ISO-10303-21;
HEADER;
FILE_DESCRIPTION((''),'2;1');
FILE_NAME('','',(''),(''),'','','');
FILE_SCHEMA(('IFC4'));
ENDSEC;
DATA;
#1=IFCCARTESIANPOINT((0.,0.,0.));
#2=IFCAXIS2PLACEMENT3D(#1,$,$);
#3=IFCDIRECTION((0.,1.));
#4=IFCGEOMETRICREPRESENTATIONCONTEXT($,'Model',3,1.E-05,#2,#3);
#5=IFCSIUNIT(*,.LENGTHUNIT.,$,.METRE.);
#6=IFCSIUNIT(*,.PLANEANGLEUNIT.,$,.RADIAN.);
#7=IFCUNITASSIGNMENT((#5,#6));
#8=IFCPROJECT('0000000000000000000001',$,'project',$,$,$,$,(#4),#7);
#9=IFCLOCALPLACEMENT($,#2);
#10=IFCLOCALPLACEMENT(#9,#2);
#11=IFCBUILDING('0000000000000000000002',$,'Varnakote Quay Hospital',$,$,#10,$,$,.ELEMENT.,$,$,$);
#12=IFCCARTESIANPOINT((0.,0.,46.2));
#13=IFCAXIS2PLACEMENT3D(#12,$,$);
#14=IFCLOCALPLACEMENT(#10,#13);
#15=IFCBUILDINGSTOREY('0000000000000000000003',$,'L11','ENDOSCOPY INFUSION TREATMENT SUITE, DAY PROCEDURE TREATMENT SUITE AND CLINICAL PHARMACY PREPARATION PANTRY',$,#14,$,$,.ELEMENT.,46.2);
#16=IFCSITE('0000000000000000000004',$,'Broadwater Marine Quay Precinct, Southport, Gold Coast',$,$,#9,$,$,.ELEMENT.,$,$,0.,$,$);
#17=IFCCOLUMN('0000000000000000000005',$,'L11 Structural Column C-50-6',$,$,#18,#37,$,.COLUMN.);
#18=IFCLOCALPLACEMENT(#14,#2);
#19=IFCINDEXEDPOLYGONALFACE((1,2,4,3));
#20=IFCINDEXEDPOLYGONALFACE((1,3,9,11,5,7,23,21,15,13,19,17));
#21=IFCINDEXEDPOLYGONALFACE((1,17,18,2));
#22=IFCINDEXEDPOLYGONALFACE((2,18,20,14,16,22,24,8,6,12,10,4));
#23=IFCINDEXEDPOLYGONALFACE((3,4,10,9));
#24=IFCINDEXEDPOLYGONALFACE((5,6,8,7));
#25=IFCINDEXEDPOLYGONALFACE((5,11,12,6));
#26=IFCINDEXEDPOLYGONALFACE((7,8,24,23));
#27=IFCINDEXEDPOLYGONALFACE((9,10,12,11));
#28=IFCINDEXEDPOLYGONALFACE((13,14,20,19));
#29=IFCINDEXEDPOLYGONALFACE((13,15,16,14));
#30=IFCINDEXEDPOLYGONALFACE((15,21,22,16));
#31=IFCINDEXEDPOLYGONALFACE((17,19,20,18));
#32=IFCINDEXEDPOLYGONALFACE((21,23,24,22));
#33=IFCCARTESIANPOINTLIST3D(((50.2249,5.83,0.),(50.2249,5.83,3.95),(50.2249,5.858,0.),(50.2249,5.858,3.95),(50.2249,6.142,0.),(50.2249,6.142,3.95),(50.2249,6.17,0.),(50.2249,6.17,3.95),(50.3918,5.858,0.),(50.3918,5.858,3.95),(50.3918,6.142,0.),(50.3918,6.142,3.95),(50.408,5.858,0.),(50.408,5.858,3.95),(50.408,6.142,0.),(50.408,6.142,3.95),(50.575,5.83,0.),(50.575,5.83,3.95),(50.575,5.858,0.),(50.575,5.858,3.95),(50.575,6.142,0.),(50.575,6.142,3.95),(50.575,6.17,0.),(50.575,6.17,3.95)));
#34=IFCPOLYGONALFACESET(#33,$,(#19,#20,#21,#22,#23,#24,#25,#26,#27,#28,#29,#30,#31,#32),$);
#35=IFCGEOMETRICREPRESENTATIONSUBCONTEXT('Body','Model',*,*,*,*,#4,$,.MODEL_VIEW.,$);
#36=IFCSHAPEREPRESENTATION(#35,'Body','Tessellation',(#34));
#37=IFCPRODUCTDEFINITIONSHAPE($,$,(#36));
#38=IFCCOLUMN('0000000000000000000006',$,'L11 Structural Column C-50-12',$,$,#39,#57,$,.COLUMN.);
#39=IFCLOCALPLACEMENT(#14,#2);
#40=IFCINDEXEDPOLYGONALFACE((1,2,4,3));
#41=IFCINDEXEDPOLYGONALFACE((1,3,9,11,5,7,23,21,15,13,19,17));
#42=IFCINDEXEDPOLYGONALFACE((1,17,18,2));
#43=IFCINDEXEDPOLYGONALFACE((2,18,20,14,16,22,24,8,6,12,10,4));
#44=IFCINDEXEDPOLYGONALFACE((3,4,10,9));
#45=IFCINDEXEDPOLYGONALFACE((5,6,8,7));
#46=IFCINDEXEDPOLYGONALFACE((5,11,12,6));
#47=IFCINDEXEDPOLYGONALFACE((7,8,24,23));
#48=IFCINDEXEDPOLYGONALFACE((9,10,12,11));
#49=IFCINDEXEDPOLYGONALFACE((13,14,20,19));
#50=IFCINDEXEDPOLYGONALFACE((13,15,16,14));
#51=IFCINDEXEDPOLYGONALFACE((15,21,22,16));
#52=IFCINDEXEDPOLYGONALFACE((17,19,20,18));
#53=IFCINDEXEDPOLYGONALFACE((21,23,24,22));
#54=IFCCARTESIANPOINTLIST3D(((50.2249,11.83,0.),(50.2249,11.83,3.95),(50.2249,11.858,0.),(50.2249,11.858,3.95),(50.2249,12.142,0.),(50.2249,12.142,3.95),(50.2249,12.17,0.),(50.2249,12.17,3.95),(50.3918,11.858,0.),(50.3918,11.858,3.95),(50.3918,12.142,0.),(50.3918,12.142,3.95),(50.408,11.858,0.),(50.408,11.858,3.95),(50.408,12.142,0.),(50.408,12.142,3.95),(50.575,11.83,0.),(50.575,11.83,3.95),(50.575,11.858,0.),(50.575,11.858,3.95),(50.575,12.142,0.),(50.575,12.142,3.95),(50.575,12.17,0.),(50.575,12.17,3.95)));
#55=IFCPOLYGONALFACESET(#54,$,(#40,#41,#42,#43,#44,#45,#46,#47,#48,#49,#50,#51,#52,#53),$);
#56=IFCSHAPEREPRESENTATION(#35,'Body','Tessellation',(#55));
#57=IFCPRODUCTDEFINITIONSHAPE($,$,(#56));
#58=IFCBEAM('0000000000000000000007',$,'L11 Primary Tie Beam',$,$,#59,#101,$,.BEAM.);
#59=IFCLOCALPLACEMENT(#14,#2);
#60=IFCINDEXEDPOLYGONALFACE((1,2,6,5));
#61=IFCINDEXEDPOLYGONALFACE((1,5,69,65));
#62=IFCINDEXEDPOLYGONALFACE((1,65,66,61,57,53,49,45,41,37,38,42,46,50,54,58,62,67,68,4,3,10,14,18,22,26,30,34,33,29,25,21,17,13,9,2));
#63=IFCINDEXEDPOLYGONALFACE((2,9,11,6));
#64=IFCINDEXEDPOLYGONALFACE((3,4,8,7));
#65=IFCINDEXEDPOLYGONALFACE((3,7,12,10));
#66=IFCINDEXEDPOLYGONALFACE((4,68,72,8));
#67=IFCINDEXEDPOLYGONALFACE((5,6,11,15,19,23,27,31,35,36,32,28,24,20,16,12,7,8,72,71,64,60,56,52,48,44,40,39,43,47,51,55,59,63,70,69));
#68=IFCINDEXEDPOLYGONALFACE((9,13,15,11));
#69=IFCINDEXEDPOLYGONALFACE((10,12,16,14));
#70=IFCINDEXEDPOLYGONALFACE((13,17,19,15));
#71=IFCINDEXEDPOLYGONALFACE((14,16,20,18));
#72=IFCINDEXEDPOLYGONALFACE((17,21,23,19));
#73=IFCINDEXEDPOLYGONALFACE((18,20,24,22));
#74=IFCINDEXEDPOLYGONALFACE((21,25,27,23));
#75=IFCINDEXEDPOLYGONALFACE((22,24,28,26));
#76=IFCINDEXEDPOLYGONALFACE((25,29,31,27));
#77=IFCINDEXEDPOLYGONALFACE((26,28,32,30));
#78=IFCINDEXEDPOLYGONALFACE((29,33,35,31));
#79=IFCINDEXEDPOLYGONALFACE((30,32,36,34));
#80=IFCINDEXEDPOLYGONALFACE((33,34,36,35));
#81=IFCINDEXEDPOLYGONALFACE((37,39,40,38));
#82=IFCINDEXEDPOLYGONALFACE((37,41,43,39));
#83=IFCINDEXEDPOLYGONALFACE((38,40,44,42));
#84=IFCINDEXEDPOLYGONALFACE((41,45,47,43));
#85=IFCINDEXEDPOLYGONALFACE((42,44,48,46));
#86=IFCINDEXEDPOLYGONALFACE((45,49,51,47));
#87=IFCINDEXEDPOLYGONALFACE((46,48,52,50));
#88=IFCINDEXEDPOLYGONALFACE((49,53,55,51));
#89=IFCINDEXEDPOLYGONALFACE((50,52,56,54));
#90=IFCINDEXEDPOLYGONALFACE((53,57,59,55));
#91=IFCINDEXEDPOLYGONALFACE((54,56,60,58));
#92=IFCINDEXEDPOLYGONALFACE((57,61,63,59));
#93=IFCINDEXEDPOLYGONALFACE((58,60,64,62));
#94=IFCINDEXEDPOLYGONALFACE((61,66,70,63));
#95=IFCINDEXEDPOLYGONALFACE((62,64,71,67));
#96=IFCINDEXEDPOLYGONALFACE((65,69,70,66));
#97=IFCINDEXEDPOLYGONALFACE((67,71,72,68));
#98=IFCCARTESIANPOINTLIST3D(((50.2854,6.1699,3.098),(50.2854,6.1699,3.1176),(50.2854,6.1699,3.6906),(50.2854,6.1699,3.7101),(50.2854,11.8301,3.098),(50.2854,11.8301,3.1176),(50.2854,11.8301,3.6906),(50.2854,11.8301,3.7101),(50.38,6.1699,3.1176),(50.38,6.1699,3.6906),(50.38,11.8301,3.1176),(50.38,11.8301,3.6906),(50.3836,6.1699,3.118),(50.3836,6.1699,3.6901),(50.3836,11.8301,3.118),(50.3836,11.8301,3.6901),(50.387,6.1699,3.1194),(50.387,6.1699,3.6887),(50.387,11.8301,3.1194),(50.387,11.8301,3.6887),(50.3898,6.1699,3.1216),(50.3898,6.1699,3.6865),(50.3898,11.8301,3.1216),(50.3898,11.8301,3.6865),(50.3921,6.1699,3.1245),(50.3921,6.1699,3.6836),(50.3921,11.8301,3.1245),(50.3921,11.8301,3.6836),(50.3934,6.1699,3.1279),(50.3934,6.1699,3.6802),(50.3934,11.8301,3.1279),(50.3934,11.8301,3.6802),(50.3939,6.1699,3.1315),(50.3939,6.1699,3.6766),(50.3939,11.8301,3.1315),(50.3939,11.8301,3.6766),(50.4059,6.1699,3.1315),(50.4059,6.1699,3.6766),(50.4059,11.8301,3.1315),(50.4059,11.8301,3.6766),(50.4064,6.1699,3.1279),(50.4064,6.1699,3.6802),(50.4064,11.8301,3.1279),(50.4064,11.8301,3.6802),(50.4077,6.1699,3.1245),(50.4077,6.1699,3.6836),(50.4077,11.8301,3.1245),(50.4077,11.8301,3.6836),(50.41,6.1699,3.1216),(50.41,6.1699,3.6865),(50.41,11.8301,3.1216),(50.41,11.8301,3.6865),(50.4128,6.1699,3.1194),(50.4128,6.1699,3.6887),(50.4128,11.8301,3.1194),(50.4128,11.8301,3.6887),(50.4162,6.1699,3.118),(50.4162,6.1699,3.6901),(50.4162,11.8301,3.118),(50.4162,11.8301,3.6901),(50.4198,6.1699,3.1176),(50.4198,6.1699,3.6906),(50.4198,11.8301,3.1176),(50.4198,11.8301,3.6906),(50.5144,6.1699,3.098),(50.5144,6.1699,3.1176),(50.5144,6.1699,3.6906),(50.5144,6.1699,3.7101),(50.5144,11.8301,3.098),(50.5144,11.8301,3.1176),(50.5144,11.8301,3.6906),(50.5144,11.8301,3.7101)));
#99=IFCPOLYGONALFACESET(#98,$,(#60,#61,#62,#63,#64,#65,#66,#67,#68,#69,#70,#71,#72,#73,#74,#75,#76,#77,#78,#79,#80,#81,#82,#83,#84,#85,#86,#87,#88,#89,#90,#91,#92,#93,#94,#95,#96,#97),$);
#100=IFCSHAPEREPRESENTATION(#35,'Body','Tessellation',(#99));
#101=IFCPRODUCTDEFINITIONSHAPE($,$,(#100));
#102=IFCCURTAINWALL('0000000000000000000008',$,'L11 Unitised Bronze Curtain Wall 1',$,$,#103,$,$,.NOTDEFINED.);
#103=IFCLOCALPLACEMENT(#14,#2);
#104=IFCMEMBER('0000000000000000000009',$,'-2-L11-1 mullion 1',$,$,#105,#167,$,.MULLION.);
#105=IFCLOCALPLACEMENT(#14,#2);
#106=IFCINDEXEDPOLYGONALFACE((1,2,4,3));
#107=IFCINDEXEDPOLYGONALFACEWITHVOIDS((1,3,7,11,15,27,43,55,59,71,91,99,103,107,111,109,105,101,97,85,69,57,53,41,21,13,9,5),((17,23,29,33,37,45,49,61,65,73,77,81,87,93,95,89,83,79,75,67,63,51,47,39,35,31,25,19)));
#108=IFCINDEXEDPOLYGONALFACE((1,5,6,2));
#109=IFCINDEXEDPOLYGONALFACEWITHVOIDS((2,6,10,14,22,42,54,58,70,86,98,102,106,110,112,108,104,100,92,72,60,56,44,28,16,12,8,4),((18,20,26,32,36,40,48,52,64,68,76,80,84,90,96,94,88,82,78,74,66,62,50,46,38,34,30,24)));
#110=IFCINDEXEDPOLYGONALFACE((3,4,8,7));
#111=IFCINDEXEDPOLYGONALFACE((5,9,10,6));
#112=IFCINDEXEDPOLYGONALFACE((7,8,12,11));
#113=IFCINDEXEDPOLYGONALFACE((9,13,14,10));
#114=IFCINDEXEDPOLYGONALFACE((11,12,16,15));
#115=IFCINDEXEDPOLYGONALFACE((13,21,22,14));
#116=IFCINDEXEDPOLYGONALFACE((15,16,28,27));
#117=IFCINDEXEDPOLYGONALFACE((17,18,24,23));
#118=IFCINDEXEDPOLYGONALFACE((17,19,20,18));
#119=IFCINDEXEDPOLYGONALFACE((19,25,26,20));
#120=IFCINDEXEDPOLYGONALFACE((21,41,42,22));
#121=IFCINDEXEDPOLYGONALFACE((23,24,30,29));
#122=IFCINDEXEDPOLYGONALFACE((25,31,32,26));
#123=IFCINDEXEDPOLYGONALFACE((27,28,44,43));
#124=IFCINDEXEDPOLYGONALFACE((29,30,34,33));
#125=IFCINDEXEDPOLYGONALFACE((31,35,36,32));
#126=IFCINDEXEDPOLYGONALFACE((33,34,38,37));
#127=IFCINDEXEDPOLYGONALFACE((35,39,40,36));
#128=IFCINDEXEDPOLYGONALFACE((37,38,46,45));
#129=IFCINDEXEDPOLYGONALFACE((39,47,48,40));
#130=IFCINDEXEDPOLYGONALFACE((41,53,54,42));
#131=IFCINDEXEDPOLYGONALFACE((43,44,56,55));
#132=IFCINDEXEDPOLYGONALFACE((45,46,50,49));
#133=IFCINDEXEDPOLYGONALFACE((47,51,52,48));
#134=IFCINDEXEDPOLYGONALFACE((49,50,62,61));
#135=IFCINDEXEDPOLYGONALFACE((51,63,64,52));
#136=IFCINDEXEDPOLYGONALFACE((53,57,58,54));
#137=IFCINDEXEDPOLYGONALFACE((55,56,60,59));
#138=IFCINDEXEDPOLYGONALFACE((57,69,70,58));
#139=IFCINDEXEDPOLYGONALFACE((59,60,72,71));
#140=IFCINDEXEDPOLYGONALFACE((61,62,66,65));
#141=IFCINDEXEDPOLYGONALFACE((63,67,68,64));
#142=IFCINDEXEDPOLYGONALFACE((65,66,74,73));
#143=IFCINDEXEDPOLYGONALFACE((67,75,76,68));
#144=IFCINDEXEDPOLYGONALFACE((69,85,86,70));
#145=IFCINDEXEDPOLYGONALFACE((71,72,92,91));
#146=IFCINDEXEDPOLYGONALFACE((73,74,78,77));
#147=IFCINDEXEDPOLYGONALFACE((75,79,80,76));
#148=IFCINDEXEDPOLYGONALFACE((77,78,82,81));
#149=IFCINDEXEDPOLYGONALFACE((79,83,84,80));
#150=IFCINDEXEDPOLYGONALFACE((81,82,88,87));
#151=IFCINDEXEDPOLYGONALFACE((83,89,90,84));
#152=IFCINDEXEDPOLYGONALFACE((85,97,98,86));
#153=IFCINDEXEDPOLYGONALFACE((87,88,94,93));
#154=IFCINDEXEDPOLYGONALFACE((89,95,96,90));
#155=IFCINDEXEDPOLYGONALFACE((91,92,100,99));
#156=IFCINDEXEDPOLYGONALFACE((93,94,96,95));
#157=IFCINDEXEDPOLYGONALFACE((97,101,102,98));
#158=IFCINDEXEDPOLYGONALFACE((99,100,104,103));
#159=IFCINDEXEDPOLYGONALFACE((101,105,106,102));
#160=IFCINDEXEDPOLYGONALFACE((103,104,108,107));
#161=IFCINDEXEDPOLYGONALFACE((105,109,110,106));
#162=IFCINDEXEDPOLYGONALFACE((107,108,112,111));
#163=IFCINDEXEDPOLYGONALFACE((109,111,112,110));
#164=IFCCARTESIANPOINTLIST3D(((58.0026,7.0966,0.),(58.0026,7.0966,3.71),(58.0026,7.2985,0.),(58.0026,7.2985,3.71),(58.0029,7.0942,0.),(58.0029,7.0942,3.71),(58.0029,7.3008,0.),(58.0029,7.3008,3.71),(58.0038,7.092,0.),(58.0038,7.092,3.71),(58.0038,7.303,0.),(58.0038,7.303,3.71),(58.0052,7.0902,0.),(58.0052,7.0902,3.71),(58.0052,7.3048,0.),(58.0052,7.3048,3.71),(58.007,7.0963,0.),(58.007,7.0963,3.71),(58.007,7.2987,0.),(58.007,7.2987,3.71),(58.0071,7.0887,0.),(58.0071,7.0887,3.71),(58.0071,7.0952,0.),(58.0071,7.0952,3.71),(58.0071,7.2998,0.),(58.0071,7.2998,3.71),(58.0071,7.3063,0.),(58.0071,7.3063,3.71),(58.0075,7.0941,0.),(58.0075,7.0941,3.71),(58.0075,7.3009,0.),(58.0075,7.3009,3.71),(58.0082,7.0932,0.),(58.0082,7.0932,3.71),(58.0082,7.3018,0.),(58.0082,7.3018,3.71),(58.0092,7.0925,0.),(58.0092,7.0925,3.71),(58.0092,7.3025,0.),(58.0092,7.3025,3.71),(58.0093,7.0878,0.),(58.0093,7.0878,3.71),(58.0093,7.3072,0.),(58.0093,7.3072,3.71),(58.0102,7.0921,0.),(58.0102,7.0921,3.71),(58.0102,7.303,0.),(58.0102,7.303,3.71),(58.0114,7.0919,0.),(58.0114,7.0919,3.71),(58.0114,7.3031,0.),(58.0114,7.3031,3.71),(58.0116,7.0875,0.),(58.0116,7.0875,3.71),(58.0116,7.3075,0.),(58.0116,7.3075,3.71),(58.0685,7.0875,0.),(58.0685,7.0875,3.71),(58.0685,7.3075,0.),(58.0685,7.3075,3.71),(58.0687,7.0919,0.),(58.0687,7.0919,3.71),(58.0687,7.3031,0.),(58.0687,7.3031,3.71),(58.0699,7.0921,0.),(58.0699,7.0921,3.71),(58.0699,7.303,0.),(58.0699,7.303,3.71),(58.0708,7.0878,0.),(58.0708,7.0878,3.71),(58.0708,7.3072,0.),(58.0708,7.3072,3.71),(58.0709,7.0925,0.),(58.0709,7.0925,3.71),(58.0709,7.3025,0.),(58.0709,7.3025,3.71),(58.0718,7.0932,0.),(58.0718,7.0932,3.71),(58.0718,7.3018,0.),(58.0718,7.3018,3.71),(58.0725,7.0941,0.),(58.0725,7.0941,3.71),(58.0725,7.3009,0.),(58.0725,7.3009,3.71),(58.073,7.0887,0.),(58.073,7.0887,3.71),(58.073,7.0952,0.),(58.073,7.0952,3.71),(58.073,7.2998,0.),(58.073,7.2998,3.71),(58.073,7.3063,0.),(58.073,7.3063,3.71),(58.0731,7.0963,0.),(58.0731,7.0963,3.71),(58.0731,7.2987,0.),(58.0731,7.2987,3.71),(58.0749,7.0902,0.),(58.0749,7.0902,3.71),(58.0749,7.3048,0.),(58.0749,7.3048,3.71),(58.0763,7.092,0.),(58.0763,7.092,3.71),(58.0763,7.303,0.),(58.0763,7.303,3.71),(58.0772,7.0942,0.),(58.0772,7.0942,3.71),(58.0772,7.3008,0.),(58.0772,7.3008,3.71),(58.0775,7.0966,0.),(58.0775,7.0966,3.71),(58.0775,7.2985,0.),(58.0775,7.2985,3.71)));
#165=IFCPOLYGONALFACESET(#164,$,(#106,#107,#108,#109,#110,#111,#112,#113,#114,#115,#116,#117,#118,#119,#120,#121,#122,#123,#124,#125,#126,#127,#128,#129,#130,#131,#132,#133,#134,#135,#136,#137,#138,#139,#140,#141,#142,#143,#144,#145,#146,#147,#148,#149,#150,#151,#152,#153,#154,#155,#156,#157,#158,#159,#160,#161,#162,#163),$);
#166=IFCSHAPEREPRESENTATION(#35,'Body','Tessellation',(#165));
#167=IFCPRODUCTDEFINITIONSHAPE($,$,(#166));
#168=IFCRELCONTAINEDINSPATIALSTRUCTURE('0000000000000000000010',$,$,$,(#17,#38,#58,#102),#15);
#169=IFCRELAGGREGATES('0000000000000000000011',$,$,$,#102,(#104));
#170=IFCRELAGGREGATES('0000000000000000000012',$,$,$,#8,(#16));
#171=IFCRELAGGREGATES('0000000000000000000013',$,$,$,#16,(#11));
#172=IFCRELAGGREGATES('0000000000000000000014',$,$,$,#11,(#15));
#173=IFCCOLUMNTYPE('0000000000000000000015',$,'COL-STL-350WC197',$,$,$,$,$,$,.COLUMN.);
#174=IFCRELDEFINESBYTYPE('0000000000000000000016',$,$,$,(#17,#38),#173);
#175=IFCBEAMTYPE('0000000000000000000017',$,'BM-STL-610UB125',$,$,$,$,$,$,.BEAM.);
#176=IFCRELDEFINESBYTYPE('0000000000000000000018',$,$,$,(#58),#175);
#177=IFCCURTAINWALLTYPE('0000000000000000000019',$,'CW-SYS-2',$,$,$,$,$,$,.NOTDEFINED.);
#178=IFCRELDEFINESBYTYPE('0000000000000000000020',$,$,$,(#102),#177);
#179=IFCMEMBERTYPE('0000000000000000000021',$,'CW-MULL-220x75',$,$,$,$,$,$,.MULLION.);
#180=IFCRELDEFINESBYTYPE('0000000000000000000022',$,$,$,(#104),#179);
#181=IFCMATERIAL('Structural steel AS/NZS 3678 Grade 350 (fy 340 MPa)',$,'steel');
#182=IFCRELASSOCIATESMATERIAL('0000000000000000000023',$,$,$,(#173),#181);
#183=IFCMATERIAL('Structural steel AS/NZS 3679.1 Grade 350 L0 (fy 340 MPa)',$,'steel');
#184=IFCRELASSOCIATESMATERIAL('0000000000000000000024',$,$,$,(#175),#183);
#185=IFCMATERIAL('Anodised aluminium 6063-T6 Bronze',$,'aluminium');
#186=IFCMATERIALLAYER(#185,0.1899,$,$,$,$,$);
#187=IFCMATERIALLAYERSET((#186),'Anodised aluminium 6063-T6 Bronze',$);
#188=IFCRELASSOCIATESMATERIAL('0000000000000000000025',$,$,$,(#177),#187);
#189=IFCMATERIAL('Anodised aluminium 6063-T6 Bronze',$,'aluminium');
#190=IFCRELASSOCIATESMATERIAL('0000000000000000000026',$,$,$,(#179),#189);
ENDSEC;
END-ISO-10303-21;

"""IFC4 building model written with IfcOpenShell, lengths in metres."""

from ifc_helpers import new_model, si_unit, direction, frame, origin, origin_2d, place, context, subcontext, project, spatial, hollow_rectangle, i_section, extrude, material, layer, layer_set, material_profile, profile_set, type_object, element, aggregate, save


model = new_model("IFC4")

# Units and contexts
model_context = context("Model", 3, precision=1e-05, world=origin(), true_north=direction((0.0, 1.0)))
body_context = subcontext(model_context, "Body", "Model", "MODEL_VIEW")
ifc_project = project(units=[si_unit("LENGTHUNIT", "METRE"), si_unit("PLANEANGLEUNIT", "RADIAN")], contexts=[model_context])

# Site, building, storey
site_placement = place(None, origin())
site = spatial("IfcSite", under=ifc_project, at=site_placement, Name="Broadwater Marine Quay Precinct, Southport, Gold Coast", CompositionType="ELEMENT", RefElevation=0.0)
building_placement = place(site_placement, origin())
building = spatial("IfcBuilding", under=site, at=building_placement, Name="Varnakote Quay Hospital", CompositionType="ELEMENT")
storey_placement = place(building_placement, frame((0.0, 0.0, 46.2)))
storey = spatial("IfcBuildingStorey", under=building, at=storey_placement, Name="L11", Description="ENDOSCOPY INFUSION TREATMENT SUITE, DAY PROCEDURE TREATMENT SUITE AND CLINICAL PHARMACY PREPARATION PANTRY", CompositionType="ELEMENT", Elevation=46.2)

# Columns
ifc_material_1 = material(Name="Structural steel AS/NZS 3678 Grade 350 (fy 340 MPa)", Category="steel")
ifc_material_profile_1 = material_profile(ifc_material_1, i_section(OverallWidth=0.3501, OverallDepth=0.3401, WebThickness=0.0161, FlangeThickness=0.0281, at=origin_2d()), Name="350WC197")
ifc_profile_set_1 = profile_set([ifc_material_profile_1], Name="Structural steel AS/NZS 3678 Grade 350 (fy 340 MPa)")
column_type = type_object("IfcColumnType", Name="COL-STL-350WC197", PredefinedType="COLUMN", material=ifc_profile_set_1)
for number, where, z_axis, x_axis, name in (
    (1, (50.3999, 6.0, 0.0), (0.0, 0.0, 1.0), (1.0, 0.0, 0.0), "L11 Structural Column C-50-6"),
    (2, (50.3999, 12.0, 0.0), (0.0, 0.0, 1.0), (1.0, 0.0, 0.0), "L11 Structural Column C-50-12"),
):
    element("IfcColumn", number, at=place(storey_placement, frame(where, z_axis=z_axis, x_axis=x_axis)), inside=storey, type_object=column_type, Name=name, PredefinedType="COLUMN", context=body_context, shape_type="SweptSolid", body=[
        extrude(i_section(OverallWidth=0.3501, OverallDepth=0.3401, WebThickness=0.0161, FlangeThickness=0.0281, at=origin_2d()), origin(), (0.0, 0.0, 1.0), 3.95),
    ])

# Beam
ifc_material_2 = material(Name="Structural steel AS/NZS 3679.1 Grade 350 L0 (fy 340 MPa)", Category="steel")
ifc_material_profile_2 = material_profile(ifc_material_2, i_section(OverallWidth=0.229, OverallDepth=0.6121, WebThickness=0.012, FlangeThickness=0.0195, FilletRadius=0.0139, at=origin_2d()), Name="610UB125")
ifc_profile_set_2 = profile_set([ifc_material_profile_2], Name="Structural steel AS/NZS 3679.1 Grade 350 L0 (fy 340 MPa)")
beam_type = type_object("IfcBeamType", Name="BM-STL-610UB125", PredefinedType="BEAM", material=ifc_profile_set_2)
beam_placement = place(storey_placement, frame((50.3999, 6.1699, 3.4041), z_axis=(0.0, 1.0, 0.0), x_axis=(-1.0, 0.0, 0.0)))
element("IfcBeam", 3, at=beam_placement, inside=storey, type_object=beam_type, Name="L11 Primary Tie Beam", PredefinedType="BEAM", context=body_context, shape_type="SweptSolid", body=[
    extrude(i_section(OverallWidth=0.229, OverallDepth=0.6121, WebThickness=0.012, FlangeThickness=0.0195, FilletRadius=0.0139, at=origin_2d()), origin(), (0.0, 0.0, 1.0), 5.6602),
])

# Curtain wall, member
ifc_material_3 = material(Name="Anodised aluminium 6063-T6 Bronze", Category="aluminium")
ifc_layer_1 = layer(ifc_material_3, 0.1899)
ifc_layer_set_1 = layer_set([ifc_layer_1], Name="Anodised aluminium 6063-T6 Bronze")
curtain_wall_type = type_object("IfcCurtainWallType", Name="CW-SYS-2", PredefinedType="NOTDEFINED", material=ifc_layer_set_1)
curtain_wall_placement = place(storey_placement, origin())
curtain_wall = element("IfcCurtainWall", 4, at=curtain_wall_placement, inside=storey, type_object=curtain_wall_type, Name="L11 Unitised Bronze Curtain Wall 1", PredefinedType="NOTDEFINED")
ifc_material_4 = material(Name="Anodised aluminium 6063-T6 Bronze", Category="aluminium")
ifc_material_profile_3 = material_profile(ifc_material_4, hollow_rectangle(XDim=0.075, YDim=0.22, WallThickness=0.0044, InnerFilletRadius=0.0044, OuterFilletRadius=0.009, at=origin_2d()), Name="CW-MULL-220x75")
ifc_profile_set_3 = profile_set([ifc_material_profile_3], Name="Anodised aluminium 6063-T6 Bronze")
member_type_1 = type_object("IfcMemberType", Name="CW-MULL-220x75", PredefinedType="MULLION", material=ifc_profile_set_3)
member_1_placement = place(storey_placement, frame((58.04, 7.1975, 0.0), z_axis=(0.0, 0.0, 1.0), x_axis=(-1.0, 0.0, 0.0)))
member_1 = element("IfcMember", 5, at=member_1_placement, type_object=member_type_1, Name="-2-L11-1 mullion 1", PredefinedType="MULLION", context=body_context, shape_type="SweptSolid", body=[
    extrude(hollow_rectangle(XDim=0.075, YDim=0.22, WallThickness=0.0044, InnerFilletRadius=0.0044, OuterFilletRadius=0.009, at=origin_2d()), origin(), (0.0, 0.0, 1.0), 3.71),
])
aggregate(curtain_wall, [member_1])

save(model, "model.ifc")
